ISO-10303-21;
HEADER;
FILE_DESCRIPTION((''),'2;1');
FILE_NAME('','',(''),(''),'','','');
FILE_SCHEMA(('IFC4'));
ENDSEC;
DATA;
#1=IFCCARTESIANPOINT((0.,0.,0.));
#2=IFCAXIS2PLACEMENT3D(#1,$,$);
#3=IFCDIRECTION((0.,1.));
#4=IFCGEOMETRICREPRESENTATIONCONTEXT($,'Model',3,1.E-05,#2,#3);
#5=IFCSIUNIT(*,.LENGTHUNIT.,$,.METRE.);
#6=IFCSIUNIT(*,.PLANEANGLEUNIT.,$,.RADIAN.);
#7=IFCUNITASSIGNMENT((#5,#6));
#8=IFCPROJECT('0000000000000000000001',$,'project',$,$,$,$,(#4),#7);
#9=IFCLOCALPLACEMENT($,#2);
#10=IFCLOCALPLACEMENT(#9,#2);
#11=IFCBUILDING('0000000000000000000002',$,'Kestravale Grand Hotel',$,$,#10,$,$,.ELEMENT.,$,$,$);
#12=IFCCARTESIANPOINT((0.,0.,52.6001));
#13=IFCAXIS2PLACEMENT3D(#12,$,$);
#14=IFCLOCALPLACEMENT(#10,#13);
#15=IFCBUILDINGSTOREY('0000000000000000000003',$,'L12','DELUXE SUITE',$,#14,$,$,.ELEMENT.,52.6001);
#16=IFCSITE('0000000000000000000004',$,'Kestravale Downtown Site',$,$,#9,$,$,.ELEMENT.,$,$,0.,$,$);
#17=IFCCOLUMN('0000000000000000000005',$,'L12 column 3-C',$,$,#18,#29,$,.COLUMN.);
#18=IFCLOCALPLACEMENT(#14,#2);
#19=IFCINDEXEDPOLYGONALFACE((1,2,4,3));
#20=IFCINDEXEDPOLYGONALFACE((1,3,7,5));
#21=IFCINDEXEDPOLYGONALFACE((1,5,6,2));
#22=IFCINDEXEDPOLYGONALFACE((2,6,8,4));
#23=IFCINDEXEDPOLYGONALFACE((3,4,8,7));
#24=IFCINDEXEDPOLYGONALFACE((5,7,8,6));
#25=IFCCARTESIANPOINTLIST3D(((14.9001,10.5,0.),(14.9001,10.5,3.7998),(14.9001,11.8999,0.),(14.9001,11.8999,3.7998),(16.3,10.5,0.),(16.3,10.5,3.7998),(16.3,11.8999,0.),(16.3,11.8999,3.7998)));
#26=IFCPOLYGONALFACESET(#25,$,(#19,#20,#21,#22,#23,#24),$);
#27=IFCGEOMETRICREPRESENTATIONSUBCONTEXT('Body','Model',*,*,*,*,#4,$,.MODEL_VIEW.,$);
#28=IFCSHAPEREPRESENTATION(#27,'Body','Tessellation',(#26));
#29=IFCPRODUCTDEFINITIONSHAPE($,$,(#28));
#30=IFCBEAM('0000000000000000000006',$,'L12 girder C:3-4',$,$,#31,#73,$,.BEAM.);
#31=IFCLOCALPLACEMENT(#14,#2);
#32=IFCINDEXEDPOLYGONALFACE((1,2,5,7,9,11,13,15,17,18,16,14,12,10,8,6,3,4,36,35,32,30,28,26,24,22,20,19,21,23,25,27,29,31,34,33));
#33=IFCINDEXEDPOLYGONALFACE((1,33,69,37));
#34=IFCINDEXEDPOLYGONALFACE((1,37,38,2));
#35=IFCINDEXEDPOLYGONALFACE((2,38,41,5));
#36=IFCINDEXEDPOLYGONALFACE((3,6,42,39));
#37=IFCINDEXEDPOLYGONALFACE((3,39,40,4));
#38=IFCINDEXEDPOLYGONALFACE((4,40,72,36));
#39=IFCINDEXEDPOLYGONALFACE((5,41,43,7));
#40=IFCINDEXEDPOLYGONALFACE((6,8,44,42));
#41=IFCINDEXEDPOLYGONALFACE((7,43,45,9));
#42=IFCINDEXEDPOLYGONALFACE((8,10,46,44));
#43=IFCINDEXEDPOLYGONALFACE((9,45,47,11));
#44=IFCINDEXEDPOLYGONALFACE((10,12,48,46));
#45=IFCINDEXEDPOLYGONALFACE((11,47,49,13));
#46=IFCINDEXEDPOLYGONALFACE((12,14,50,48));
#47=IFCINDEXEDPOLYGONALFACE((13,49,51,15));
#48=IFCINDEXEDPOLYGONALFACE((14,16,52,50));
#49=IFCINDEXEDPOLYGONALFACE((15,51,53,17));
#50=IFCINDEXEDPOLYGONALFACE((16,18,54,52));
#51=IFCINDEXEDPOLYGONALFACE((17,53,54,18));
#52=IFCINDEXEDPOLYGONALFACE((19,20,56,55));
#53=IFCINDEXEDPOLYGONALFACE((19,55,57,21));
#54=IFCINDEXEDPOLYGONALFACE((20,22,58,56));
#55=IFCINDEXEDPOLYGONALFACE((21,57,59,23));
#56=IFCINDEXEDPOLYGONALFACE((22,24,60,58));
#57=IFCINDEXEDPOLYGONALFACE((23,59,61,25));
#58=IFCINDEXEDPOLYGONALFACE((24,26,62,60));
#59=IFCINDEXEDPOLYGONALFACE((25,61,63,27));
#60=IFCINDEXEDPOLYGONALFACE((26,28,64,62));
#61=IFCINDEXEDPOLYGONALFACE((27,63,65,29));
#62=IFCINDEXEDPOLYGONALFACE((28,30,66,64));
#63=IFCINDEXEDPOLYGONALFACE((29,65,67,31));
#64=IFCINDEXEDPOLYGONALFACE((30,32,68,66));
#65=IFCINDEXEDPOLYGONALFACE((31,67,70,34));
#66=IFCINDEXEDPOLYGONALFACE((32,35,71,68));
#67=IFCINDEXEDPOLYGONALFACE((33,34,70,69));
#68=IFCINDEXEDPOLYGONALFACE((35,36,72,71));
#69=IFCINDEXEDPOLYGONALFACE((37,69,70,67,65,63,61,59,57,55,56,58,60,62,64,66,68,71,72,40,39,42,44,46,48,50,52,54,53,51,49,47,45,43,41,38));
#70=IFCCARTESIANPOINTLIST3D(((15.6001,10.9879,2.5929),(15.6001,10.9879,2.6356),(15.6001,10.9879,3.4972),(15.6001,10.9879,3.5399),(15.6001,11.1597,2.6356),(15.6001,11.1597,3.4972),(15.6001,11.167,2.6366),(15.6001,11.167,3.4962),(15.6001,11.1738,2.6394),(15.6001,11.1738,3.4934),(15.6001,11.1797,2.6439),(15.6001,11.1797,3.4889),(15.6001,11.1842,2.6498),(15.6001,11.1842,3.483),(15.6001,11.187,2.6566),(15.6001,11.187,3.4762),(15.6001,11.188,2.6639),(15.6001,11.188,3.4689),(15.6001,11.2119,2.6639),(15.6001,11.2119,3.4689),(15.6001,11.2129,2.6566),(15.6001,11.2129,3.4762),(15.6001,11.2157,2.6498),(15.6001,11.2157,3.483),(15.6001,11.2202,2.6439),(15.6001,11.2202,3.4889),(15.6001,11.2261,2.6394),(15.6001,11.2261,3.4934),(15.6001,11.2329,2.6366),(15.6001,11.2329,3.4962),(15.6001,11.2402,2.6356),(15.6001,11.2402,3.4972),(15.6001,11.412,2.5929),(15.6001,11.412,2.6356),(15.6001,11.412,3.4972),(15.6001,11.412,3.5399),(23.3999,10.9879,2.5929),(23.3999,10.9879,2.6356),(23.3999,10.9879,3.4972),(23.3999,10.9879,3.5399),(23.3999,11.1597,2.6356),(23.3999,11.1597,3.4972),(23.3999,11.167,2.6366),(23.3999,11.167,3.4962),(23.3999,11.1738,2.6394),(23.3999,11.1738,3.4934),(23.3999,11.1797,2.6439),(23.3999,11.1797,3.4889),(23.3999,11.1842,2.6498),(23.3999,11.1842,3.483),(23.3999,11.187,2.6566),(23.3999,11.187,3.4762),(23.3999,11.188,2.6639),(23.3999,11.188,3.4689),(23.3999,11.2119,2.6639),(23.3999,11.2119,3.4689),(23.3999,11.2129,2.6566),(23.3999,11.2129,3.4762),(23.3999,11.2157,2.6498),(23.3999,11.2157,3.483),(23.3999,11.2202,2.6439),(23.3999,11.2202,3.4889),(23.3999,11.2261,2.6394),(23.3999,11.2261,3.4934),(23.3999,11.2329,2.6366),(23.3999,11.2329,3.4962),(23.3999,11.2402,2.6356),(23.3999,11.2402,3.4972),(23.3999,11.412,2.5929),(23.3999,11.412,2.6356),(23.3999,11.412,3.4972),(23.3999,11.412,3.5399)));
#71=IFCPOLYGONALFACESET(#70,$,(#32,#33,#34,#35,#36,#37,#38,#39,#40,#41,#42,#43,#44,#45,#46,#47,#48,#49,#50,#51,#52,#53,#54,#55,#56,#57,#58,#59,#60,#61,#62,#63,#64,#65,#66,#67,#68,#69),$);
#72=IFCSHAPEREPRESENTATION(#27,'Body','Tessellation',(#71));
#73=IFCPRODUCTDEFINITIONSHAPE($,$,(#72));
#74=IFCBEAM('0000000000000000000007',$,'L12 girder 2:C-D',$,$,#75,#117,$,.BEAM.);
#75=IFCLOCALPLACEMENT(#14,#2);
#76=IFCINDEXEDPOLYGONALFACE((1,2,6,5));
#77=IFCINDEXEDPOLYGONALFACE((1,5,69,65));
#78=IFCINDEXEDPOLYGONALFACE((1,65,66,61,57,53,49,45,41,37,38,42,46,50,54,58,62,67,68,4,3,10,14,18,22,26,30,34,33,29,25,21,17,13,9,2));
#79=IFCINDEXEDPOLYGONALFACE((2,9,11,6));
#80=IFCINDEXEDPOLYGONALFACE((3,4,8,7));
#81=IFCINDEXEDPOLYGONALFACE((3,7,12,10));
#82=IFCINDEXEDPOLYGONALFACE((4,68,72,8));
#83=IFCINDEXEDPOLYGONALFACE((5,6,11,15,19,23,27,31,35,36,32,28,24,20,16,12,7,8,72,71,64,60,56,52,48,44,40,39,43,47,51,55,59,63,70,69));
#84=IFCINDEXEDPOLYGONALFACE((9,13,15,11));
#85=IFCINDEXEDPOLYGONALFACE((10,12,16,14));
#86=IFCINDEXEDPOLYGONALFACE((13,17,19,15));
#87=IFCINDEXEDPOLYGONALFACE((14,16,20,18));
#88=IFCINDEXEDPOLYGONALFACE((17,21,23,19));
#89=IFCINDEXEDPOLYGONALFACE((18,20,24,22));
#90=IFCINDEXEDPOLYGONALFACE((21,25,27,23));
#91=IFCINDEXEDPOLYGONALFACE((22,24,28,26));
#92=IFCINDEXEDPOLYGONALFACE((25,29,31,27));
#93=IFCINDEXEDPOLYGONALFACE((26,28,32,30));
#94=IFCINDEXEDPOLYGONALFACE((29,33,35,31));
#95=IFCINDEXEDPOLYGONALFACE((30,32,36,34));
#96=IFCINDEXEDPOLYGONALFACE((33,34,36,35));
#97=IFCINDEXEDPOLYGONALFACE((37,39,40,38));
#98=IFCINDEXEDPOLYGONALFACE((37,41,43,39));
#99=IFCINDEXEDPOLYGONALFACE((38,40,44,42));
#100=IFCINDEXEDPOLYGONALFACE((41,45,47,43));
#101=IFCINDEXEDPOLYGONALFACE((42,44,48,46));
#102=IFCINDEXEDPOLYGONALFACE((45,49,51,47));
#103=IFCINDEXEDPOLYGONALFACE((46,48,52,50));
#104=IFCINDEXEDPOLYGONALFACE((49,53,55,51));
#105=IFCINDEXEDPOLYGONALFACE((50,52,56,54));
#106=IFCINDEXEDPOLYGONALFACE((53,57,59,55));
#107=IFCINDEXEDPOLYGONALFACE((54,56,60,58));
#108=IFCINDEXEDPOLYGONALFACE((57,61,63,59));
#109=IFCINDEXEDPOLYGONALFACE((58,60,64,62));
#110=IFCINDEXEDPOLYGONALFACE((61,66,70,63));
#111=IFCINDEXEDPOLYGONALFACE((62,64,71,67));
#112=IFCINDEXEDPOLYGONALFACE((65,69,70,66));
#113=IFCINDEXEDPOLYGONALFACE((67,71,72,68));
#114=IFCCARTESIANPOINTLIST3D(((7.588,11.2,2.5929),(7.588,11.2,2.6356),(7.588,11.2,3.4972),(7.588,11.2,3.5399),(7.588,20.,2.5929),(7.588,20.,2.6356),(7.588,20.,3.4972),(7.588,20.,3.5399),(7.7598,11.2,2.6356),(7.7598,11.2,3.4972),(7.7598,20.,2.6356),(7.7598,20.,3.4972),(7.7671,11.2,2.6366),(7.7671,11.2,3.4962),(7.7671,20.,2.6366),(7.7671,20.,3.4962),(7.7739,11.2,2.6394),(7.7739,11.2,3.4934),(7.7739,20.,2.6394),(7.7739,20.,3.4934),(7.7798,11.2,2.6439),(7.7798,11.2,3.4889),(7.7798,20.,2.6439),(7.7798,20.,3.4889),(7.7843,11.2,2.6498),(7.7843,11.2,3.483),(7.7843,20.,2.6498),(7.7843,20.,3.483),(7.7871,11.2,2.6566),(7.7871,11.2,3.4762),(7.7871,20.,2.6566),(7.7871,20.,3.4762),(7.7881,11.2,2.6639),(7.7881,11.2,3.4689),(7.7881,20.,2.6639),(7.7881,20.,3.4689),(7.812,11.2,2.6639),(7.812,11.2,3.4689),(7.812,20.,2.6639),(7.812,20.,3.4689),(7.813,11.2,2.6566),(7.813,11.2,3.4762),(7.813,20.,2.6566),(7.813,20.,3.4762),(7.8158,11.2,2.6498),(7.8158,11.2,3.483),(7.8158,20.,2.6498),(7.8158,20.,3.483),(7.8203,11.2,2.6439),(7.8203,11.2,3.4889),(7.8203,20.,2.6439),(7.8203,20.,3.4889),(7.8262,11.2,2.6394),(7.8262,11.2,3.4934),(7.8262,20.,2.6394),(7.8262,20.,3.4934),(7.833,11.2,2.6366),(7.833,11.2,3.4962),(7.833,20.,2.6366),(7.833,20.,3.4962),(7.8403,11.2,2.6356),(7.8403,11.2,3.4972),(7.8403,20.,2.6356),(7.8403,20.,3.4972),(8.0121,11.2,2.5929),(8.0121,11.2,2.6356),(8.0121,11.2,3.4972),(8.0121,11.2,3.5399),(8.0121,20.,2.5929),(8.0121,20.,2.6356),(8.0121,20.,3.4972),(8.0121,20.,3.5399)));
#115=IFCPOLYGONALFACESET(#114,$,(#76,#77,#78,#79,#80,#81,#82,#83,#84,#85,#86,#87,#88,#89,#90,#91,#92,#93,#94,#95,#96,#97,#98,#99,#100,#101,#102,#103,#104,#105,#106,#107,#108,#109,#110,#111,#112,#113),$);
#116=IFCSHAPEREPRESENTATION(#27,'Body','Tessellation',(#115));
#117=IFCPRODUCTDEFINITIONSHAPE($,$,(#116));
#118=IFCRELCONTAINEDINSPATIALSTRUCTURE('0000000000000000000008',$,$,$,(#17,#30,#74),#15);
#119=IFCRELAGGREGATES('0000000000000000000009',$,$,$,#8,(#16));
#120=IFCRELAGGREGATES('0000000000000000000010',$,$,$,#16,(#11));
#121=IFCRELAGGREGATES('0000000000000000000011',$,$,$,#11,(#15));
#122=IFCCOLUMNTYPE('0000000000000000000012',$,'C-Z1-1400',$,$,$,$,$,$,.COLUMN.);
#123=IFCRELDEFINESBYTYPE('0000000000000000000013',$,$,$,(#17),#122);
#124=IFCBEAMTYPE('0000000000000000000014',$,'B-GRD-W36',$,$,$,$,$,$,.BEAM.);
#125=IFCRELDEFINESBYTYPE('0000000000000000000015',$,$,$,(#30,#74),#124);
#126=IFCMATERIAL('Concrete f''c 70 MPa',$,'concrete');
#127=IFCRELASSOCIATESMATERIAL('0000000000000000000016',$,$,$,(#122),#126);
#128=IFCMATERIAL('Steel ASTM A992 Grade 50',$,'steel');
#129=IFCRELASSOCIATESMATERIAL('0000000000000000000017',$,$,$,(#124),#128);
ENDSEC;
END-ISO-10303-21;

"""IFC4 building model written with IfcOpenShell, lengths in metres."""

from ifc_helpers import new_model, si_unit, direction, frame, origin, origin_2d, place, context, subcontext, project, spatial, rectangle, i_section, extrude, material, material_profile, profile_set, type_object, element, save


model = new_model("IFC4")

# Units and contexts
model_context = context("Model", 3, precision=1e-05, world=origin(), true_north=direction((0.0, 1.0)))
body_context = subcontext(model_context, "Body", "Model", "MODEL_VIEW")
ifc_project = project(units=[si_unit("LENGTHUNIT", "METRE"), si_unit("PLANEANGLEUNIT", "RADIAN")], contexts=[model_context])

# Site, building, storey
site_placement = place(None, origin())
site = spatial("IfcSite", under=ifc_project, at=site_placement, Name="Kestravale Downtown Site", CompositionType="ELEMENT", RefElevation=0.0)
building_placement = place(site_placement, origin())
building = spatial("IfcBuilding", under=site, at=building_placement, Name="Kestravale Grand Hotel", CompositionType="ELEMENT")
storey_placement = place(building_placement, frame((0.0, 0.0, 52.6001)))
storey = spatial("IfcBuildingStorey", under=building, at=storey_placement, Name="L12", Description="DELUXE SUITE", CompositionType="ELEMENT", Elevation=52.6001)

# Column
ifc_material_1 = material(Name="Concrete f'c 70 MPa", Category="concrete")
ifc_material_profile_1 = material_profile(ifc_material_1, rectangle(XDim=1.3999, YDim=1.3999, at=origin_2d()))
ifc_profile_set_1 = profile_set([ifc_material_profile_1], Name="Concrete f'c 70 MPa")
column_type = type_object("IfcColumnType", Name="C-Z1-1400", PredefinedType="COLUMN", material=ifc_profile_set_1)
column_placement = place(storey_placement, frame((15.6001, 11.2, 0.0), z_axis=(0.0, 0.0, 1.0), x_axis=(1.0, 0.0, 0.0)))
element("IfcColumn", 1, at=column_placement, inside=storey, type_object=column_type, Name="L12 column 3-C", PredefinedType="COLUMN", context=body_context, shape_type="SweptSolid", body=[
    extrude(rectangle(XDim=1.3999, YDim=1.3999, at=origin_2d()), origin(), (0.0, 0.0, 1.0), 3.7998),
])

# Beams
ifc_material_2 = material(Name="Steel ASTM A992 Grade 50", Category="steel")
ifc_material_profile_2 = material_profile(ifc_material_2, i_section(OverallWidth=0.4241, OverallDepth=0.947, WebThickness=0.0239, FlangeThickness=0.0427, FilletRadius=0.0283, at=origin_2d()))
ifc_profile_set_2 = profile_set([ifc_material_profile_2], Name="Steel ASTM A992 Grade 50")
beam_type = type_object("IfcBeamType", Name="B-GRD-W36", PredefinedType="BEAM", material=ifc_profile_set_2)
beam_1_placement = place(storey_placement, frame((15.6001, 11.2, 3.0664), z_axis=(1.0, 0.0, 0.0), x_axis=(0.0, 1.0, 0.0)))
element("IfcBeam", 2, at=beam_1_placement, inside=storey, type_object=beam_type, Name="L12 girder C:3-4", PredefinedType="BEAM", context=body_context, shape_type="SweptSolid", body=[
    extrude(i_section(OverallWidth=0.4241, OverallDepth=0.947, WebThickness=0.0239, FlangeThickness=0.0427, FilletRadius=0.0283, at=origin_2d()), origin(), (0.0, 0.0, 1.0), 7.7998),
])
beam_2_placement = place(storey_placement, frame((7.8, 11.2, 3.0664), z_axis=(0.0, 1.0, 0.0), x_axis=(-1.0, 0.0, 0.0)))
element("IfcBeam", 3, at=beam_2_placement, inside=storey, type_object=beam_type, Name="L12 girder 2:C-D", PredefinedType="BEAM", context=body_context, shape_type="SweptSolid", body=[
    extrude(i_section(OverallWidth=0.4241, OverallDepth=0.947, WebThickness=0.0239, FlangeThickness=0.0427, FilletRadius=0.0283, at=origin_2d()), origin(), (0.0, 0.0, 1.0), 8.8),
])

save(model, "model.ifc")
